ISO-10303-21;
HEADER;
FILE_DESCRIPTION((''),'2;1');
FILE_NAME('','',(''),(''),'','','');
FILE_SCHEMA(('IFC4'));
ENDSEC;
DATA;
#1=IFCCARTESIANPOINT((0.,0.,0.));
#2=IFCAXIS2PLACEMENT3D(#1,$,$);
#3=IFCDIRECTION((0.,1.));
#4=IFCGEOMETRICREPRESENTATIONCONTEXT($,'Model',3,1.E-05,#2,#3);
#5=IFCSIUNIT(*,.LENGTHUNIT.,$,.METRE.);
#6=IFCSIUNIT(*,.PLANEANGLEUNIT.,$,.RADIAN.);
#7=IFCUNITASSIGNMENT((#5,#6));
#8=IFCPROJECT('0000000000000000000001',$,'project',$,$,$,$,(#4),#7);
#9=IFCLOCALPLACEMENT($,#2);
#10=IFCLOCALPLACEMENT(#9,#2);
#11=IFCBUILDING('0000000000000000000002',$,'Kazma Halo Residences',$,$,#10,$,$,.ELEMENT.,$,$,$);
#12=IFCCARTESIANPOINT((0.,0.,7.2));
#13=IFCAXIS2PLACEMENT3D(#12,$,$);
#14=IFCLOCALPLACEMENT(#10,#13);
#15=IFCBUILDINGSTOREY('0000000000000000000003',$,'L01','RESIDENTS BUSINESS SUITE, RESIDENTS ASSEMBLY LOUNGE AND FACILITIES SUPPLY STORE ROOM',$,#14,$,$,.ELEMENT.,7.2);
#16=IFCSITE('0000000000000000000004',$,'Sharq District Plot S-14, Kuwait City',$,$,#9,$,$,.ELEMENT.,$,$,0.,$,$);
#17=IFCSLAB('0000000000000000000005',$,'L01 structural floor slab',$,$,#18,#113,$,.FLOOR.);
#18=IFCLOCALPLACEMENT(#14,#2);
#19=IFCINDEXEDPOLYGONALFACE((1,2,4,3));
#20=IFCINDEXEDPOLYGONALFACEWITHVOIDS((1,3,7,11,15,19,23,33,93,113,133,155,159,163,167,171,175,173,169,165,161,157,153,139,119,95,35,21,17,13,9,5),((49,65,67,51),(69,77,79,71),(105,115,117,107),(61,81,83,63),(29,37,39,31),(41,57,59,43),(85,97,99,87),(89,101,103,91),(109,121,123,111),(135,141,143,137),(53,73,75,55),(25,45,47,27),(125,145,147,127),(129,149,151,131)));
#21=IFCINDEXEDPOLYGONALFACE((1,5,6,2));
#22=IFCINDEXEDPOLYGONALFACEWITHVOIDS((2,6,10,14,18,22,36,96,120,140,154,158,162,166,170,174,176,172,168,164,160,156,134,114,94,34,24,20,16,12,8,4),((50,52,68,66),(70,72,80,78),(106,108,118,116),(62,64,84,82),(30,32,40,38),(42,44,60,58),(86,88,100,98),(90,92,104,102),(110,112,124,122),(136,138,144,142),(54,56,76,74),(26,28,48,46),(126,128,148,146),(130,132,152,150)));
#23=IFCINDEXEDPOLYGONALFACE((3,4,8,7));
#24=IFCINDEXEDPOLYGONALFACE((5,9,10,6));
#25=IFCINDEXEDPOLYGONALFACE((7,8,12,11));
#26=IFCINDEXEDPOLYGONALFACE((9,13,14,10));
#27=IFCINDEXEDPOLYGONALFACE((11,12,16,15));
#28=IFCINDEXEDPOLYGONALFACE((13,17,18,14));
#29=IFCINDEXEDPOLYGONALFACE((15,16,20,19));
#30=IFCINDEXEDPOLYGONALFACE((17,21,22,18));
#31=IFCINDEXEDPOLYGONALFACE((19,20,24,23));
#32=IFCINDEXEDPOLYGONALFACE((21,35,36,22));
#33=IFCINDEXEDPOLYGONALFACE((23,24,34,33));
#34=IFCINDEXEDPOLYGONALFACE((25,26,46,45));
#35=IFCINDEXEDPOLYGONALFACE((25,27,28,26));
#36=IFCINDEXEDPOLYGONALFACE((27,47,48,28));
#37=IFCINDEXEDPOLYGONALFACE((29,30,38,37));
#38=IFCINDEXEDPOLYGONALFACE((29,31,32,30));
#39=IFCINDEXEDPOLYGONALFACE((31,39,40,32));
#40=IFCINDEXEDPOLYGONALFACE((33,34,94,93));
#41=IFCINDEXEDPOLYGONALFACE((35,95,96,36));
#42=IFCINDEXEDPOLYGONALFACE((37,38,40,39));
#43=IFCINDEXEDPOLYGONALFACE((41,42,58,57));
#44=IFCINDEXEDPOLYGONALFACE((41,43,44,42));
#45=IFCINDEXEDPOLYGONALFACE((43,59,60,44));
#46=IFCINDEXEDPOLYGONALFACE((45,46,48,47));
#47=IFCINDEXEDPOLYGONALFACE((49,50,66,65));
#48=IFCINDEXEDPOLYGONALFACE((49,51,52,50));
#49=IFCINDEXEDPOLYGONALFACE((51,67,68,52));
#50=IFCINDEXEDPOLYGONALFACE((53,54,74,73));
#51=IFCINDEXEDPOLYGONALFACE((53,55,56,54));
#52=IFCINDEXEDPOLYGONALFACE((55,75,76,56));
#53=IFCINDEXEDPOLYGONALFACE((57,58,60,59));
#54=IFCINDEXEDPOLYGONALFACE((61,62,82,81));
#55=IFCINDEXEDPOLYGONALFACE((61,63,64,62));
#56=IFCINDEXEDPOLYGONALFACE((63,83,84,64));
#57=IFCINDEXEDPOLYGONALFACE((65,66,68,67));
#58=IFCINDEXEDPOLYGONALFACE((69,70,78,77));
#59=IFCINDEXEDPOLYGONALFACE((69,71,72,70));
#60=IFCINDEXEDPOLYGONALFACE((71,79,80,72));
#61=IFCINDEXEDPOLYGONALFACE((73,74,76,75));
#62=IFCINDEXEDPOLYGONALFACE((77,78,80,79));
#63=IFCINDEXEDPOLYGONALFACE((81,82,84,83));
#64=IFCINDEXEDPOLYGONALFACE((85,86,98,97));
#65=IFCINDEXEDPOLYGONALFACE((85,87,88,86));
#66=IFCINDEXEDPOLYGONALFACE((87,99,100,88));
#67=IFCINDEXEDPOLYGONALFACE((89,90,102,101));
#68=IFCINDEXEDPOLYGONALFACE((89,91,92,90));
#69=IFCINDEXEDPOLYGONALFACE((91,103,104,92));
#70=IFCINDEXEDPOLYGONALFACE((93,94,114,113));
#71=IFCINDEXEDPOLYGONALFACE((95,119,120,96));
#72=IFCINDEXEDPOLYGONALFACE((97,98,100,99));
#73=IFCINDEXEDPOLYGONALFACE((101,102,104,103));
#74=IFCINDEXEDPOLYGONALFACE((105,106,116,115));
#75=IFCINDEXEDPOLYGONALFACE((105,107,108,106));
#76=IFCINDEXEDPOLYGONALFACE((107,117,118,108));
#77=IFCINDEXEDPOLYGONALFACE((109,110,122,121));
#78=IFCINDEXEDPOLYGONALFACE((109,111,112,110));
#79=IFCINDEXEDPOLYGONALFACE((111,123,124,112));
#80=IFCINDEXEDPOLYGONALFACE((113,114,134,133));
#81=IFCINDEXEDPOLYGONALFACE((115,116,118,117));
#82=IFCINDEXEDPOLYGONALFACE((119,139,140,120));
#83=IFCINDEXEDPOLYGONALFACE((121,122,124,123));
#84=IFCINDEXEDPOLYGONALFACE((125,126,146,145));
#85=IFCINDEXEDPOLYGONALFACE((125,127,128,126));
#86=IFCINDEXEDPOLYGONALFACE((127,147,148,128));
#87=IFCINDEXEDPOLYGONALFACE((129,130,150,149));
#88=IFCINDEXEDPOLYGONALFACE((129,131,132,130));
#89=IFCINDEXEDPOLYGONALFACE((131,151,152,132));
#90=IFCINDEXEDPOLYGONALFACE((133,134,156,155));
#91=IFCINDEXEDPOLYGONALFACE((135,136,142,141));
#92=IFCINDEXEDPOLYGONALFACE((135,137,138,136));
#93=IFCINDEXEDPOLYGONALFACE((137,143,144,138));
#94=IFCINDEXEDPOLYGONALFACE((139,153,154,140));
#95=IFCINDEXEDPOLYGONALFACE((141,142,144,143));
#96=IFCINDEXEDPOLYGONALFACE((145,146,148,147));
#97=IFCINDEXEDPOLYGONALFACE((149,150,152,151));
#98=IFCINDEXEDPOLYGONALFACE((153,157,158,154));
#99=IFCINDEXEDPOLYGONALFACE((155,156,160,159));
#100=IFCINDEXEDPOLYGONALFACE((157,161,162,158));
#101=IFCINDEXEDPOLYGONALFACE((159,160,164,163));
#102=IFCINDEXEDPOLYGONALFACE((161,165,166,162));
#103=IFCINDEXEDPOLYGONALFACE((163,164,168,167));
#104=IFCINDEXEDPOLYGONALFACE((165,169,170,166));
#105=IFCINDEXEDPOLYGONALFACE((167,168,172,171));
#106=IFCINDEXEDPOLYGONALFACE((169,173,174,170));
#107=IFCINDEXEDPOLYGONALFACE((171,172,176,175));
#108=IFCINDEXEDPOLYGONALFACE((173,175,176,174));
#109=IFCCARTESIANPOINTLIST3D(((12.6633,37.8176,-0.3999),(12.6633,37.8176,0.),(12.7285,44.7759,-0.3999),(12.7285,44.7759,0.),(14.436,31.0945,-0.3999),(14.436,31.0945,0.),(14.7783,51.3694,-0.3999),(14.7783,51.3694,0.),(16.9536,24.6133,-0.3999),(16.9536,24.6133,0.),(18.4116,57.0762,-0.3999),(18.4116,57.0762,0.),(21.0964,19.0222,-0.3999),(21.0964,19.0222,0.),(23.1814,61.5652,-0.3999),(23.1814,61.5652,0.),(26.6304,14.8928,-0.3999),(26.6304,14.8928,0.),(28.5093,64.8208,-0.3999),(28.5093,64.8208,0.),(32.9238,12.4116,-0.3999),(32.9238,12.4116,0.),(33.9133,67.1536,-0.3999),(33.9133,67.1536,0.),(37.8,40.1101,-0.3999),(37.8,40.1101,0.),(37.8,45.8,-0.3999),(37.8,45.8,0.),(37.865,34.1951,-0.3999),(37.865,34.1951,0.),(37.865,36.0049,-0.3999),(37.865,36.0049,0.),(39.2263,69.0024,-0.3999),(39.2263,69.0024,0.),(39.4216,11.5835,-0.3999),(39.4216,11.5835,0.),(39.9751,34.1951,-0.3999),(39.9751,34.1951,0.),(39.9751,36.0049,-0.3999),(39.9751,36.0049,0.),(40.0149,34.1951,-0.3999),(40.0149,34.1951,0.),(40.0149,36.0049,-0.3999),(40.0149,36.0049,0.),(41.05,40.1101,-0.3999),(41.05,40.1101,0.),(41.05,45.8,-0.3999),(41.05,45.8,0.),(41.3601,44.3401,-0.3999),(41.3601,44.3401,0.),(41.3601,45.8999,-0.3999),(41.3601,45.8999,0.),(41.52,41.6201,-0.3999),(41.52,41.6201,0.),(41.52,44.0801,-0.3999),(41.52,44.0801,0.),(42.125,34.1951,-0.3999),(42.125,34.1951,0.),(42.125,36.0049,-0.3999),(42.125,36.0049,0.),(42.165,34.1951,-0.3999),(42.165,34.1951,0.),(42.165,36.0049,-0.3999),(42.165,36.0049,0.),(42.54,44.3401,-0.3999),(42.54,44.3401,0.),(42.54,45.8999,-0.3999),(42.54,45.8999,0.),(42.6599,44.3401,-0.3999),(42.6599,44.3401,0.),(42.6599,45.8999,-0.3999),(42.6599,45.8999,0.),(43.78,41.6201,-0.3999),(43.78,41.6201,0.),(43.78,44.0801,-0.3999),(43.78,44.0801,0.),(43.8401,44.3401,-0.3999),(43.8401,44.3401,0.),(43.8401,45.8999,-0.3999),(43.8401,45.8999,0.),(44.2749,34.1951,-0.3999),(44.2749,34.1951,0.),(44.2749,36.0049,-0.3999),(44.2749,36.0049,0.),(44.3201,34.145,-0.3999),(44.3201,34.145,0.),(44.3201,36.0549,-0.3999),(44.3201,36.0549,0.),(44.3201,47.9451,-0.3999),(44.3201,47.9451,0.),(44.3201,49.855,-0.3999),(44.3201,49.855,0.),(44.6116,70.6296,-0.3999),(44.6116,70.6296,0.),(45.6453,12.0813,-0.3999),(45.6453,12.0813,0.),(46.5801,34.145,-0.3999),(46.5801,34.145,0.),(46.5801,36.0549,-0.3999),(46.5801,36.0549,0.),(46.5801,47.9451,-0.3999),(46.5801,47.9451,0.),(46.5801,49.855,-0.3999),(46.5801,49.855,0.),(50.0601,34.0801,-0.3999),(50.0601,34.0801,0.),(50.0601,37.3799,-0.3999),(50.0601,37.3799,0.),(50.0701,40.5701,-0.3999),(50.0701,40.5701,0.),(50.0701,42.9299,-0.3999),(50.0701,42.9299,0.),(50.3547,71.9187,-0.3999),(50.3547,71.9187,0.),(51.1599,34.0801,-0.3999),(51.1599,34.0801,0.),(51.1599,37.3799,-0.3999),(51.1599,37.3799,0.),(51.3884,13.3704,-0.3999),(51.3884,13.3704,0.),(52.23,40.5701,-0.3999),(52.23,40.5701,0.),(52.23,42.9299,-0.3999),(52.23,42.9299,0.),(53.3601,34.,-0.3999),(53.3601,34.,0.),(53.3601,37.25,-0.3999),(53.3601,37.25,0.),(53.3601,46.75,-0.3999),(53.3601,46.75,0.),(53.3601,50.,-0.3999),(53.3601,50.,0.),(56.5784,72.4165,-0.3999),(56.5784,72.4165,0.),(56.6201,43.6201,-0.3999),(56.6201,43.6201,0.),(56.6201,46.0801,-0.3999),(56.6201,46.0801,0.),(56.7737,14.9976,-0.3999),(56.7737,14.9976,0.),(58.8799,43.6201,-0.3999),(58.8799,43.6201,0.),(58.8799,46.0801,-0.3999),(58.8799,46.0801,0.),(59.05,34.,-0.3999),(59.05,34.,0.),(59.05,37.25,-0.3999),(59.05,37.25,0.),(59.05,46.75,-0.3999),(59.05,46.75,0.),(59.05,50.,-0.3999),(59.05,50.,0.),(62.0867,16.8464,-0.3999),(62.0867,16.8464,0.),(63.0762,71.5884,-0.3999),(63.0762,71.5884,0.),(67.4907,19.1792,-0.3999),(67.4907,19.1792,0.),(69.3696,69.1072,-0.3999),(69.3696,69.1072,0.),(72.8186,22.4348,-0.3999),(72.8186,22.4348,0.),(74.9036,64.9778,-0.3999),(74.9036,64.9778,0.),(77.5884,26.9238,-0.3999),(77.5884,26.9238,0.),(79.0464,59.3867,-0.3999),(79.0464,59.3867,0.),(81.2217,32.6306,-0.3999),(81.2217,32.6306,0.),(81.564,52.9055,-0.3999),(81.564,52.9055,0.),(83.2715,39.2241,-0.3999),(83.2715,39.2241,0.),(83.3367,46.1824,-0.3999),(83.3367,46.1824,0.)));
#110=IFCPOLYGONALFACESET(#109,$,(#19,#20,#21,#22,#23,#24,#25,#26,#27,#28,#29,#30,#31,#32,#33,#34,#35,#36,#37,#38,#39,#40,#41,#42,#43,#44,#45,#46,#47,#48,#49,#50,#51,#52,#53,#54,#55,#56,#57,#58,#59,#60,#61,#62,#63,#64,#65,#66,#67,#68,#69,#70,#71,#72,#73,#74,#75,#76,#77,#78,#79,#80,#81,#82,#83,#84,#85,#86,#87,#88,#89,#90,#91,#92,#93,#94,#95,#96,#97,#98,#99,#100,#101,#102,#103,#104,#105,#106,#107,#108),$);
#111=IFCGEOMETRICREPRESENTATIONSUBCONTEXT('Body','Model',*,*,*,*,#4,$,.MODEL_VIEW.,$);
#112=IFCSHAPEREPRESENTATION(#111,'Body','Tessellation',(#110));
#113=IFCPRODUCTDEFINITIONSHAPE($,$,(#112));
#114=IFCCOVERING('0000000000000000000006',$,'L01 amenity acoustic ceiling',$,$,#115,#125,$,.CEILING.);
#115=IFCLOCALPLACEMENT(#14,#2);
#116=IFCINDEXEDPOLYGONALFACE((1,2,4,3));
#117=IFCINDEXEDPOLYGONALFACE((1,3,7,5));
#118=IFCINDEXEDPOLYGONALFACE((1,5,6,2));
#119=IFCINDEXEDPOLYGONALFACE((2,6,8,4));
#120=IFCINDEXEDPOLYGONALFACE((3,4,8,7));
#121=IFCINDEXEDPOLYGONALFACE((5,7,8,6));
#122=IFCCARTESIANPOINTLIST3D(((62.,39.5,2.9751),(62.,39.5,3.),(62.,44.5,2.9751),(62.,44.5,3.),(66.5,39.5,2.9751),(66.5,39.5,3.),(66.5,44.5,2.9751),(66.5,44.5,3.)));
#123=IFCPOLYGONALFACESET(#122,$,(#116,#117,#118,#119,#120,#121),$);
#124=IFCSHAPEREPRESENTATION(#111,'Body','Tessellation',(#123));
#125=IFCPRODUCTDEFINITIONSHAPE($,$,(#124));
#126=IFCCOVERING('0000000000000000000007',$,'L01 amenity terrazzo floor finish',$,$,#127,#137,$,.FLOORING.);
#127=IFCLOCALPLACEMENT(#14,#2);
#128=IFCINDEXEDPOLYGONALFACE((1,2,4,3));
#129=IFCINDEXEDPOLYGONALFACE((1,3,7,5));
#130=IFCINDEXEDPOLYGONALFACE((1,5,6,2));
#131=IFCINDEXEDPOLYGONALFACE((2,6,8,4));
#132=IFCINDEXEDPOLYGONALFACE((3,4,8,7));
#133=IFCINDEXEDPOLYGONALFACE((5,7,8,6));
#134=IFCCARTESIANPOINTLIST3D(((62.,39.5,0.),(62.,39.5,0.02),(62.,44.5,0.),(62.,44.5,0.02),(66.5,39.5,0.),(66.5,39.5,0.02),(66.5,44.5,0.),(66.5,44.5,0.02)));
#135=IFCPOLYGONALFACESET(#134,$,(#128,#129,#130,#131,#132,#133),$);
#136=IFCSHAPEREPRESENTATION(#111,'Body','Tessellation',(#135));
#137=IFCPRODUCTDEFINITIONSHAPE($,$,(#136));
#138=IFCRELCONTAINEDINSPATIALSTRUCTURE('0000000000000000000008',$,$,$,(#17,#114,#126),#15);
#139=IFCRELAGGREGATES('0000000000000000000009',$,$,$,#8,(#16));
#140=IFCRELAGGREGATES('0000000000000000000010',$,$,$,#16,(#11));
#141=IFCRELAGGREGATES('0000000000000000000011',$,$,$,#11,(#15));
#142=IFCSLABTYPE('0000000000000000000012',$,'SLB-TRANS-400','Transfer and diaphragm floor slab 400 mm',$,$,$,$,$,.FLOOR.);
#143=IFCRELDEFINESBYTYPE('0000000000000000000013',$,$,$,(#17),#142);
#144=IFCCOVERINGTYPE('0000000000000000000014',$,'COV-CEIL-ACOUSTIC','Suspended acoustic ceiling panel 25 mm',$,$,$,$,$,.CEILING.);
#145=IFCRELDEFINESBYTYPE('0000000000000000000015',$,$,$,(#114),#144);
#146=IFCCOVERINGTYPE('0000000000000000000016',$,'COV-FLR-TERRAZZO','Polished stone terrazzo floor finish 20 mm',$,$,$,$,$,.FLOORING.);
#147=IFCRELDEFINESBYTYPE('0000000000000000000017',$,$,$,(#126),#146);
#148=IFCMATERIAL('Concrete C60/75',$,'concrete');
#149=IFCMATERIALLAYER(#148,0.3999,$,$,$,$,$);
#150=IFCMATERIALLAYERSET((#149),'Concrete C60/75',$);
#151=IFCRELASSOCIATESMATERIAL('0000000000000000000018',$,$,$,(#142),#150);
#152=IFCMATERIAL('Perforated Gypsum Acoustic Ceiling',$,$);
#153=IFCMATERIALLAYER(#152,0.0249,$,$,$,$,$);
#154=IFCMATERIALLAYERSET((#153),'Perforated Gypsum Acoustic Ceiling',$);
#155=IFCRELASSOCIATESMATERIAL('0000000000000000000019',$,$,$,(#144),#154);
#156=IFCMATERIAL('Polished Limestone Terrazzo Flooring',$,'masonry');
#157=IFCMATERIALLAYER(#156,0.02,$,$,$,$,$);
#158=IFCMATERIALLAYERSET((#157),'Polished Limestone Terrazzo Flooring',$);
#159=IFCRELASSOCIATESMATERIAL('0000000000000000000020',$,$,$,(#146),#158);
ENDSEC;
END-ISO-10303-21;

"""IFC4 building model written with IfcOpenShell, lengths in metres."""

from ifc_helpers import new_model, si_unit, direction, frame, origin, place, context, subcontext, project, spatial, polyline, outline, extrude, material, layer, layer_set, type_object, element, save


model = new_model("IFC4")

# Units and contexts
model_context = context("Model", 3, precision=1e-05, world=origin(), true_north=direction((0.0, 1.0)))
body_context = subcontext(model_context, "Body", "Model", "MODEL_VIEW")
ifc_project = project(units=[si_unit("LENGTHUNIT", "METRE"), si_unit("PLANEANGLEUNIT", "RADIAN")], contexts=[model_context])

# Site, building, storey
site_placement = place(None, origin())
site = spatial("IfcSite", under=ifc_project, at=site_placement, Name="Sharq District Plot S-14, Kuwait City", CompositionType="ELEMENT", RefElevation=0.0)
building_placement = place(site_placement, origin())
building = spatial("IfcBuilding", under=site, at=building_placement, Name="Kazma Halo Residences", CompositionType="ELEMENT")
storey_placement = place(building_placement, frame((0.0, 0.0, 7.2)))
storey = spatial("IfcBuildingStorey", under=building, at=storey_placement, Name="L01", Description="RESIDENTS BUSINESS SUITE, RESIDENTS ASSEMBLY LOUNGE AND FACILITIES SUPPLY STORE ROOM", CompositionType="ELEMENT", Elevation=7.2)

# Slab
ifc_material_1 = material(Name="Concrete C60/75", Category="concrete")
ifc_layer_1 = layer(ifc_material_1, 0.3999)
ifc_layer_set_1 = layer_set([ifc_layer_1], Name="Concrete C60/75")
slab_type_1 = type_object("IfcSlabType", Name="SLB-TRANS-400", Description="Transfer and diaphragm floor slab 400 mm", PredefinedType="FLOOR", material=ifc_layer_set_1)
slab_1_placement = place(storey_placement, frame((0.0, 0.0, -0.3999)))
element("IfcSlab", 1, at=slab_1_placement, inside=storey, type_object=slab_type_1, Name="L01 structural floor slab", PredefinedType="FLOOR", context=body_context, shape_type="SweptSolid", body=[
    extrude(outline(polyline([(81.564, 52.9055), (79.0464, 59.3867), (74.9036, 64.9778), (69.3696, 69.1072), (63.0762, 71.5884), (56.5784, 72.4165), (50.3547, 71.9187), (44.6116, 70.6296), (39.2263, 69.0024), (33.9133, 67.1536), (28.5093, 64.8208), (23.1814, 61.5652), (18.4116, 57.0762), (14.7783, 51.3694), (12.7285, 44.7759), (12.6633, 37.8176), (14.436, 31.0945), (16.9536, 24.6133), (21.0964, 19.0222), (26.6304, 14.8928), (32.9238, 12.4116), (39.4216, 11.5835), (45.6453, 12.0813), (51.3884, 13.3704), (56.7737, 14.9976), (62.0867, 16.8464), (67.4907, 19.1792), (72.8186, 22.4348), (77.5884, 26.9238), (81.2217, 32.6306), (83.2715, 39.2241), (83.3367, 46.1824), (81.564, 52.9055)]), holes=[polyline([(37.8, 40.1101), (41.05, 40.1101), (41.05, 45.8), (37.8, 45.8), (37.8, 40.1101)]), polyline([(53.3601, 46.75), (59.05, 46.75), (59.05, 50.0), (53.3601, 50.0), (53.3601, 46.75)]), polyline([(53.3601, 34.0), (59.05, 34.0), (59.05, 37.25), (53.3601, 37.25), (53.3601, 34.0)]), polyline([(41.52, 41.6201), (43.78, 41.6201), (43.78, 44.0801), (41.52, 44.0801), (41.52, 41.6201)]), polyline([(56.6201, 43.6201), (58.8799, 43.6201), (58.8799, 46.0801), (56.6201, 46.0801), (56.6201, 43.6201)]), polyline([(37.865, 34.1951), (39.9751, 34.1951), (39.9751, 36.0049), (37.865, 36.0049), (37.865, 34.1951)]), polyline([(40.0149, 34.1951), (42.125, 34.1951), (42.125, 36.0049), (40.0149, 36.0049), (40.0149, 34.1951)]), polyline([(42.165, 34.1951), (44.2749, 34.1951), (44.2749, 36.0049), (42.165, 36.0049), (42.165, 34.1951)]), polyline([(44.3201, 47.9451), (46.5801, 47.9451), (46.5801, 49.855), (44.3201, 49.855), (44.3201, 47.9451)]), polyline([(44.3201, 34.145), (46.5801, 34.145), (46.5801, 36.0549), (44.3201, 36.0549), (44.3201, 34.145)]), polyline([(50.0701, 40.5701), (52.23, 40.5701), (52.23, 42.9299), (50.0701, 42.9299), (50.0701, 40.5701)]), polyline([(41.3601, 44.3401), (42.54, 44.3401), (42.54, 45.8999), (41.3601, 45.8999), (41.3601, 44.3401)]), polyline([(42.6599, 44.3401), (43.8401, 44.3401), (43.8401, 45.8999), (42.6599, 45.8999), (42.6599, 44.3401)]), polyline([(50.0601, 34.0801), (51.1599, 34.0801), (51.1599, 37.3799), (50.0601, 37.3799), (50.0601, 34.0801)])]), origin(), (0.0, 0.0, 1.0), 0.3999),
])

# Coverings
ifc_material_2 = material(Name="Perforated Gypsum Acoustic Ceiling")
ifc_layer_2 = layer(ifc_material_2, 0.0249)
ifc_layer_set_2 = layer_set([ifc_layer_2], Name="Perforated Gypsum Acoustic Ceiling")
covering_type_1 = type_object("IfcCoveringType", Name="COV-CEIL-ACOUSTIC", Description="Suspended acoustic ceiling panel 25 mm", PredefinedType="CEILING", material=ifc_layer_set_2)
covering_1_placement = place(storey_placement, frame((0.0, 0.0, 2.9751)))
element("IfcCovering", 2, at=covering_1_placement, inside=storey, type_object=covering_type_1, Name="L01 amenity acoustic ceiling", PredefinedType="CEILING", context=body_context, shape_type="SweptSolid", body=[
    extrude(outline(polyline([(62.0, 39.5), (66.5, 39.5), (66.5, 44.5), (62.0, 44.5), (62.0, 39.5)])), origin(), (0.0, 0.0, 1.0), 0.0249),
])
ifc_material_3 = material(Name="Polished Limestone Terrazzo Flooring", Category="masonry")
ifc_layer_3 = layer(ifc_material_3, 0.02)
ifc_layer_set_3 = layer_set([ifc_layer_3], Name="Polished Limestone Terrazzo Flooring")
covering_type_2 = type_object("IfcCoveringType", Name="COV-FLR-TERRAZZO", Description="Polished stone terrazzo floor finish 20 mm", PredefinedType="FLOORING", material=ifc_layer_set_3)
covering_2_placement = place(storey_placement, origin())
element("IfcCovering", 3, at=covering_2_placement, inside=storey, type_object=covering_type_2, Name="L01 amenity terrazzo floor finish", PredefinedType="FLOORING", context=body_context, shape_type="SweptSolid", body=[
    extrude(outline(polyline([(62.0, 39.5), (66.5, 39.5), (66.5, 44.5), (62.0, 44.5), (62.0, 39.5)])), origin(), (0.0, 0.0, 1.0), 0.02),
])

save(model, "model.ifc")
